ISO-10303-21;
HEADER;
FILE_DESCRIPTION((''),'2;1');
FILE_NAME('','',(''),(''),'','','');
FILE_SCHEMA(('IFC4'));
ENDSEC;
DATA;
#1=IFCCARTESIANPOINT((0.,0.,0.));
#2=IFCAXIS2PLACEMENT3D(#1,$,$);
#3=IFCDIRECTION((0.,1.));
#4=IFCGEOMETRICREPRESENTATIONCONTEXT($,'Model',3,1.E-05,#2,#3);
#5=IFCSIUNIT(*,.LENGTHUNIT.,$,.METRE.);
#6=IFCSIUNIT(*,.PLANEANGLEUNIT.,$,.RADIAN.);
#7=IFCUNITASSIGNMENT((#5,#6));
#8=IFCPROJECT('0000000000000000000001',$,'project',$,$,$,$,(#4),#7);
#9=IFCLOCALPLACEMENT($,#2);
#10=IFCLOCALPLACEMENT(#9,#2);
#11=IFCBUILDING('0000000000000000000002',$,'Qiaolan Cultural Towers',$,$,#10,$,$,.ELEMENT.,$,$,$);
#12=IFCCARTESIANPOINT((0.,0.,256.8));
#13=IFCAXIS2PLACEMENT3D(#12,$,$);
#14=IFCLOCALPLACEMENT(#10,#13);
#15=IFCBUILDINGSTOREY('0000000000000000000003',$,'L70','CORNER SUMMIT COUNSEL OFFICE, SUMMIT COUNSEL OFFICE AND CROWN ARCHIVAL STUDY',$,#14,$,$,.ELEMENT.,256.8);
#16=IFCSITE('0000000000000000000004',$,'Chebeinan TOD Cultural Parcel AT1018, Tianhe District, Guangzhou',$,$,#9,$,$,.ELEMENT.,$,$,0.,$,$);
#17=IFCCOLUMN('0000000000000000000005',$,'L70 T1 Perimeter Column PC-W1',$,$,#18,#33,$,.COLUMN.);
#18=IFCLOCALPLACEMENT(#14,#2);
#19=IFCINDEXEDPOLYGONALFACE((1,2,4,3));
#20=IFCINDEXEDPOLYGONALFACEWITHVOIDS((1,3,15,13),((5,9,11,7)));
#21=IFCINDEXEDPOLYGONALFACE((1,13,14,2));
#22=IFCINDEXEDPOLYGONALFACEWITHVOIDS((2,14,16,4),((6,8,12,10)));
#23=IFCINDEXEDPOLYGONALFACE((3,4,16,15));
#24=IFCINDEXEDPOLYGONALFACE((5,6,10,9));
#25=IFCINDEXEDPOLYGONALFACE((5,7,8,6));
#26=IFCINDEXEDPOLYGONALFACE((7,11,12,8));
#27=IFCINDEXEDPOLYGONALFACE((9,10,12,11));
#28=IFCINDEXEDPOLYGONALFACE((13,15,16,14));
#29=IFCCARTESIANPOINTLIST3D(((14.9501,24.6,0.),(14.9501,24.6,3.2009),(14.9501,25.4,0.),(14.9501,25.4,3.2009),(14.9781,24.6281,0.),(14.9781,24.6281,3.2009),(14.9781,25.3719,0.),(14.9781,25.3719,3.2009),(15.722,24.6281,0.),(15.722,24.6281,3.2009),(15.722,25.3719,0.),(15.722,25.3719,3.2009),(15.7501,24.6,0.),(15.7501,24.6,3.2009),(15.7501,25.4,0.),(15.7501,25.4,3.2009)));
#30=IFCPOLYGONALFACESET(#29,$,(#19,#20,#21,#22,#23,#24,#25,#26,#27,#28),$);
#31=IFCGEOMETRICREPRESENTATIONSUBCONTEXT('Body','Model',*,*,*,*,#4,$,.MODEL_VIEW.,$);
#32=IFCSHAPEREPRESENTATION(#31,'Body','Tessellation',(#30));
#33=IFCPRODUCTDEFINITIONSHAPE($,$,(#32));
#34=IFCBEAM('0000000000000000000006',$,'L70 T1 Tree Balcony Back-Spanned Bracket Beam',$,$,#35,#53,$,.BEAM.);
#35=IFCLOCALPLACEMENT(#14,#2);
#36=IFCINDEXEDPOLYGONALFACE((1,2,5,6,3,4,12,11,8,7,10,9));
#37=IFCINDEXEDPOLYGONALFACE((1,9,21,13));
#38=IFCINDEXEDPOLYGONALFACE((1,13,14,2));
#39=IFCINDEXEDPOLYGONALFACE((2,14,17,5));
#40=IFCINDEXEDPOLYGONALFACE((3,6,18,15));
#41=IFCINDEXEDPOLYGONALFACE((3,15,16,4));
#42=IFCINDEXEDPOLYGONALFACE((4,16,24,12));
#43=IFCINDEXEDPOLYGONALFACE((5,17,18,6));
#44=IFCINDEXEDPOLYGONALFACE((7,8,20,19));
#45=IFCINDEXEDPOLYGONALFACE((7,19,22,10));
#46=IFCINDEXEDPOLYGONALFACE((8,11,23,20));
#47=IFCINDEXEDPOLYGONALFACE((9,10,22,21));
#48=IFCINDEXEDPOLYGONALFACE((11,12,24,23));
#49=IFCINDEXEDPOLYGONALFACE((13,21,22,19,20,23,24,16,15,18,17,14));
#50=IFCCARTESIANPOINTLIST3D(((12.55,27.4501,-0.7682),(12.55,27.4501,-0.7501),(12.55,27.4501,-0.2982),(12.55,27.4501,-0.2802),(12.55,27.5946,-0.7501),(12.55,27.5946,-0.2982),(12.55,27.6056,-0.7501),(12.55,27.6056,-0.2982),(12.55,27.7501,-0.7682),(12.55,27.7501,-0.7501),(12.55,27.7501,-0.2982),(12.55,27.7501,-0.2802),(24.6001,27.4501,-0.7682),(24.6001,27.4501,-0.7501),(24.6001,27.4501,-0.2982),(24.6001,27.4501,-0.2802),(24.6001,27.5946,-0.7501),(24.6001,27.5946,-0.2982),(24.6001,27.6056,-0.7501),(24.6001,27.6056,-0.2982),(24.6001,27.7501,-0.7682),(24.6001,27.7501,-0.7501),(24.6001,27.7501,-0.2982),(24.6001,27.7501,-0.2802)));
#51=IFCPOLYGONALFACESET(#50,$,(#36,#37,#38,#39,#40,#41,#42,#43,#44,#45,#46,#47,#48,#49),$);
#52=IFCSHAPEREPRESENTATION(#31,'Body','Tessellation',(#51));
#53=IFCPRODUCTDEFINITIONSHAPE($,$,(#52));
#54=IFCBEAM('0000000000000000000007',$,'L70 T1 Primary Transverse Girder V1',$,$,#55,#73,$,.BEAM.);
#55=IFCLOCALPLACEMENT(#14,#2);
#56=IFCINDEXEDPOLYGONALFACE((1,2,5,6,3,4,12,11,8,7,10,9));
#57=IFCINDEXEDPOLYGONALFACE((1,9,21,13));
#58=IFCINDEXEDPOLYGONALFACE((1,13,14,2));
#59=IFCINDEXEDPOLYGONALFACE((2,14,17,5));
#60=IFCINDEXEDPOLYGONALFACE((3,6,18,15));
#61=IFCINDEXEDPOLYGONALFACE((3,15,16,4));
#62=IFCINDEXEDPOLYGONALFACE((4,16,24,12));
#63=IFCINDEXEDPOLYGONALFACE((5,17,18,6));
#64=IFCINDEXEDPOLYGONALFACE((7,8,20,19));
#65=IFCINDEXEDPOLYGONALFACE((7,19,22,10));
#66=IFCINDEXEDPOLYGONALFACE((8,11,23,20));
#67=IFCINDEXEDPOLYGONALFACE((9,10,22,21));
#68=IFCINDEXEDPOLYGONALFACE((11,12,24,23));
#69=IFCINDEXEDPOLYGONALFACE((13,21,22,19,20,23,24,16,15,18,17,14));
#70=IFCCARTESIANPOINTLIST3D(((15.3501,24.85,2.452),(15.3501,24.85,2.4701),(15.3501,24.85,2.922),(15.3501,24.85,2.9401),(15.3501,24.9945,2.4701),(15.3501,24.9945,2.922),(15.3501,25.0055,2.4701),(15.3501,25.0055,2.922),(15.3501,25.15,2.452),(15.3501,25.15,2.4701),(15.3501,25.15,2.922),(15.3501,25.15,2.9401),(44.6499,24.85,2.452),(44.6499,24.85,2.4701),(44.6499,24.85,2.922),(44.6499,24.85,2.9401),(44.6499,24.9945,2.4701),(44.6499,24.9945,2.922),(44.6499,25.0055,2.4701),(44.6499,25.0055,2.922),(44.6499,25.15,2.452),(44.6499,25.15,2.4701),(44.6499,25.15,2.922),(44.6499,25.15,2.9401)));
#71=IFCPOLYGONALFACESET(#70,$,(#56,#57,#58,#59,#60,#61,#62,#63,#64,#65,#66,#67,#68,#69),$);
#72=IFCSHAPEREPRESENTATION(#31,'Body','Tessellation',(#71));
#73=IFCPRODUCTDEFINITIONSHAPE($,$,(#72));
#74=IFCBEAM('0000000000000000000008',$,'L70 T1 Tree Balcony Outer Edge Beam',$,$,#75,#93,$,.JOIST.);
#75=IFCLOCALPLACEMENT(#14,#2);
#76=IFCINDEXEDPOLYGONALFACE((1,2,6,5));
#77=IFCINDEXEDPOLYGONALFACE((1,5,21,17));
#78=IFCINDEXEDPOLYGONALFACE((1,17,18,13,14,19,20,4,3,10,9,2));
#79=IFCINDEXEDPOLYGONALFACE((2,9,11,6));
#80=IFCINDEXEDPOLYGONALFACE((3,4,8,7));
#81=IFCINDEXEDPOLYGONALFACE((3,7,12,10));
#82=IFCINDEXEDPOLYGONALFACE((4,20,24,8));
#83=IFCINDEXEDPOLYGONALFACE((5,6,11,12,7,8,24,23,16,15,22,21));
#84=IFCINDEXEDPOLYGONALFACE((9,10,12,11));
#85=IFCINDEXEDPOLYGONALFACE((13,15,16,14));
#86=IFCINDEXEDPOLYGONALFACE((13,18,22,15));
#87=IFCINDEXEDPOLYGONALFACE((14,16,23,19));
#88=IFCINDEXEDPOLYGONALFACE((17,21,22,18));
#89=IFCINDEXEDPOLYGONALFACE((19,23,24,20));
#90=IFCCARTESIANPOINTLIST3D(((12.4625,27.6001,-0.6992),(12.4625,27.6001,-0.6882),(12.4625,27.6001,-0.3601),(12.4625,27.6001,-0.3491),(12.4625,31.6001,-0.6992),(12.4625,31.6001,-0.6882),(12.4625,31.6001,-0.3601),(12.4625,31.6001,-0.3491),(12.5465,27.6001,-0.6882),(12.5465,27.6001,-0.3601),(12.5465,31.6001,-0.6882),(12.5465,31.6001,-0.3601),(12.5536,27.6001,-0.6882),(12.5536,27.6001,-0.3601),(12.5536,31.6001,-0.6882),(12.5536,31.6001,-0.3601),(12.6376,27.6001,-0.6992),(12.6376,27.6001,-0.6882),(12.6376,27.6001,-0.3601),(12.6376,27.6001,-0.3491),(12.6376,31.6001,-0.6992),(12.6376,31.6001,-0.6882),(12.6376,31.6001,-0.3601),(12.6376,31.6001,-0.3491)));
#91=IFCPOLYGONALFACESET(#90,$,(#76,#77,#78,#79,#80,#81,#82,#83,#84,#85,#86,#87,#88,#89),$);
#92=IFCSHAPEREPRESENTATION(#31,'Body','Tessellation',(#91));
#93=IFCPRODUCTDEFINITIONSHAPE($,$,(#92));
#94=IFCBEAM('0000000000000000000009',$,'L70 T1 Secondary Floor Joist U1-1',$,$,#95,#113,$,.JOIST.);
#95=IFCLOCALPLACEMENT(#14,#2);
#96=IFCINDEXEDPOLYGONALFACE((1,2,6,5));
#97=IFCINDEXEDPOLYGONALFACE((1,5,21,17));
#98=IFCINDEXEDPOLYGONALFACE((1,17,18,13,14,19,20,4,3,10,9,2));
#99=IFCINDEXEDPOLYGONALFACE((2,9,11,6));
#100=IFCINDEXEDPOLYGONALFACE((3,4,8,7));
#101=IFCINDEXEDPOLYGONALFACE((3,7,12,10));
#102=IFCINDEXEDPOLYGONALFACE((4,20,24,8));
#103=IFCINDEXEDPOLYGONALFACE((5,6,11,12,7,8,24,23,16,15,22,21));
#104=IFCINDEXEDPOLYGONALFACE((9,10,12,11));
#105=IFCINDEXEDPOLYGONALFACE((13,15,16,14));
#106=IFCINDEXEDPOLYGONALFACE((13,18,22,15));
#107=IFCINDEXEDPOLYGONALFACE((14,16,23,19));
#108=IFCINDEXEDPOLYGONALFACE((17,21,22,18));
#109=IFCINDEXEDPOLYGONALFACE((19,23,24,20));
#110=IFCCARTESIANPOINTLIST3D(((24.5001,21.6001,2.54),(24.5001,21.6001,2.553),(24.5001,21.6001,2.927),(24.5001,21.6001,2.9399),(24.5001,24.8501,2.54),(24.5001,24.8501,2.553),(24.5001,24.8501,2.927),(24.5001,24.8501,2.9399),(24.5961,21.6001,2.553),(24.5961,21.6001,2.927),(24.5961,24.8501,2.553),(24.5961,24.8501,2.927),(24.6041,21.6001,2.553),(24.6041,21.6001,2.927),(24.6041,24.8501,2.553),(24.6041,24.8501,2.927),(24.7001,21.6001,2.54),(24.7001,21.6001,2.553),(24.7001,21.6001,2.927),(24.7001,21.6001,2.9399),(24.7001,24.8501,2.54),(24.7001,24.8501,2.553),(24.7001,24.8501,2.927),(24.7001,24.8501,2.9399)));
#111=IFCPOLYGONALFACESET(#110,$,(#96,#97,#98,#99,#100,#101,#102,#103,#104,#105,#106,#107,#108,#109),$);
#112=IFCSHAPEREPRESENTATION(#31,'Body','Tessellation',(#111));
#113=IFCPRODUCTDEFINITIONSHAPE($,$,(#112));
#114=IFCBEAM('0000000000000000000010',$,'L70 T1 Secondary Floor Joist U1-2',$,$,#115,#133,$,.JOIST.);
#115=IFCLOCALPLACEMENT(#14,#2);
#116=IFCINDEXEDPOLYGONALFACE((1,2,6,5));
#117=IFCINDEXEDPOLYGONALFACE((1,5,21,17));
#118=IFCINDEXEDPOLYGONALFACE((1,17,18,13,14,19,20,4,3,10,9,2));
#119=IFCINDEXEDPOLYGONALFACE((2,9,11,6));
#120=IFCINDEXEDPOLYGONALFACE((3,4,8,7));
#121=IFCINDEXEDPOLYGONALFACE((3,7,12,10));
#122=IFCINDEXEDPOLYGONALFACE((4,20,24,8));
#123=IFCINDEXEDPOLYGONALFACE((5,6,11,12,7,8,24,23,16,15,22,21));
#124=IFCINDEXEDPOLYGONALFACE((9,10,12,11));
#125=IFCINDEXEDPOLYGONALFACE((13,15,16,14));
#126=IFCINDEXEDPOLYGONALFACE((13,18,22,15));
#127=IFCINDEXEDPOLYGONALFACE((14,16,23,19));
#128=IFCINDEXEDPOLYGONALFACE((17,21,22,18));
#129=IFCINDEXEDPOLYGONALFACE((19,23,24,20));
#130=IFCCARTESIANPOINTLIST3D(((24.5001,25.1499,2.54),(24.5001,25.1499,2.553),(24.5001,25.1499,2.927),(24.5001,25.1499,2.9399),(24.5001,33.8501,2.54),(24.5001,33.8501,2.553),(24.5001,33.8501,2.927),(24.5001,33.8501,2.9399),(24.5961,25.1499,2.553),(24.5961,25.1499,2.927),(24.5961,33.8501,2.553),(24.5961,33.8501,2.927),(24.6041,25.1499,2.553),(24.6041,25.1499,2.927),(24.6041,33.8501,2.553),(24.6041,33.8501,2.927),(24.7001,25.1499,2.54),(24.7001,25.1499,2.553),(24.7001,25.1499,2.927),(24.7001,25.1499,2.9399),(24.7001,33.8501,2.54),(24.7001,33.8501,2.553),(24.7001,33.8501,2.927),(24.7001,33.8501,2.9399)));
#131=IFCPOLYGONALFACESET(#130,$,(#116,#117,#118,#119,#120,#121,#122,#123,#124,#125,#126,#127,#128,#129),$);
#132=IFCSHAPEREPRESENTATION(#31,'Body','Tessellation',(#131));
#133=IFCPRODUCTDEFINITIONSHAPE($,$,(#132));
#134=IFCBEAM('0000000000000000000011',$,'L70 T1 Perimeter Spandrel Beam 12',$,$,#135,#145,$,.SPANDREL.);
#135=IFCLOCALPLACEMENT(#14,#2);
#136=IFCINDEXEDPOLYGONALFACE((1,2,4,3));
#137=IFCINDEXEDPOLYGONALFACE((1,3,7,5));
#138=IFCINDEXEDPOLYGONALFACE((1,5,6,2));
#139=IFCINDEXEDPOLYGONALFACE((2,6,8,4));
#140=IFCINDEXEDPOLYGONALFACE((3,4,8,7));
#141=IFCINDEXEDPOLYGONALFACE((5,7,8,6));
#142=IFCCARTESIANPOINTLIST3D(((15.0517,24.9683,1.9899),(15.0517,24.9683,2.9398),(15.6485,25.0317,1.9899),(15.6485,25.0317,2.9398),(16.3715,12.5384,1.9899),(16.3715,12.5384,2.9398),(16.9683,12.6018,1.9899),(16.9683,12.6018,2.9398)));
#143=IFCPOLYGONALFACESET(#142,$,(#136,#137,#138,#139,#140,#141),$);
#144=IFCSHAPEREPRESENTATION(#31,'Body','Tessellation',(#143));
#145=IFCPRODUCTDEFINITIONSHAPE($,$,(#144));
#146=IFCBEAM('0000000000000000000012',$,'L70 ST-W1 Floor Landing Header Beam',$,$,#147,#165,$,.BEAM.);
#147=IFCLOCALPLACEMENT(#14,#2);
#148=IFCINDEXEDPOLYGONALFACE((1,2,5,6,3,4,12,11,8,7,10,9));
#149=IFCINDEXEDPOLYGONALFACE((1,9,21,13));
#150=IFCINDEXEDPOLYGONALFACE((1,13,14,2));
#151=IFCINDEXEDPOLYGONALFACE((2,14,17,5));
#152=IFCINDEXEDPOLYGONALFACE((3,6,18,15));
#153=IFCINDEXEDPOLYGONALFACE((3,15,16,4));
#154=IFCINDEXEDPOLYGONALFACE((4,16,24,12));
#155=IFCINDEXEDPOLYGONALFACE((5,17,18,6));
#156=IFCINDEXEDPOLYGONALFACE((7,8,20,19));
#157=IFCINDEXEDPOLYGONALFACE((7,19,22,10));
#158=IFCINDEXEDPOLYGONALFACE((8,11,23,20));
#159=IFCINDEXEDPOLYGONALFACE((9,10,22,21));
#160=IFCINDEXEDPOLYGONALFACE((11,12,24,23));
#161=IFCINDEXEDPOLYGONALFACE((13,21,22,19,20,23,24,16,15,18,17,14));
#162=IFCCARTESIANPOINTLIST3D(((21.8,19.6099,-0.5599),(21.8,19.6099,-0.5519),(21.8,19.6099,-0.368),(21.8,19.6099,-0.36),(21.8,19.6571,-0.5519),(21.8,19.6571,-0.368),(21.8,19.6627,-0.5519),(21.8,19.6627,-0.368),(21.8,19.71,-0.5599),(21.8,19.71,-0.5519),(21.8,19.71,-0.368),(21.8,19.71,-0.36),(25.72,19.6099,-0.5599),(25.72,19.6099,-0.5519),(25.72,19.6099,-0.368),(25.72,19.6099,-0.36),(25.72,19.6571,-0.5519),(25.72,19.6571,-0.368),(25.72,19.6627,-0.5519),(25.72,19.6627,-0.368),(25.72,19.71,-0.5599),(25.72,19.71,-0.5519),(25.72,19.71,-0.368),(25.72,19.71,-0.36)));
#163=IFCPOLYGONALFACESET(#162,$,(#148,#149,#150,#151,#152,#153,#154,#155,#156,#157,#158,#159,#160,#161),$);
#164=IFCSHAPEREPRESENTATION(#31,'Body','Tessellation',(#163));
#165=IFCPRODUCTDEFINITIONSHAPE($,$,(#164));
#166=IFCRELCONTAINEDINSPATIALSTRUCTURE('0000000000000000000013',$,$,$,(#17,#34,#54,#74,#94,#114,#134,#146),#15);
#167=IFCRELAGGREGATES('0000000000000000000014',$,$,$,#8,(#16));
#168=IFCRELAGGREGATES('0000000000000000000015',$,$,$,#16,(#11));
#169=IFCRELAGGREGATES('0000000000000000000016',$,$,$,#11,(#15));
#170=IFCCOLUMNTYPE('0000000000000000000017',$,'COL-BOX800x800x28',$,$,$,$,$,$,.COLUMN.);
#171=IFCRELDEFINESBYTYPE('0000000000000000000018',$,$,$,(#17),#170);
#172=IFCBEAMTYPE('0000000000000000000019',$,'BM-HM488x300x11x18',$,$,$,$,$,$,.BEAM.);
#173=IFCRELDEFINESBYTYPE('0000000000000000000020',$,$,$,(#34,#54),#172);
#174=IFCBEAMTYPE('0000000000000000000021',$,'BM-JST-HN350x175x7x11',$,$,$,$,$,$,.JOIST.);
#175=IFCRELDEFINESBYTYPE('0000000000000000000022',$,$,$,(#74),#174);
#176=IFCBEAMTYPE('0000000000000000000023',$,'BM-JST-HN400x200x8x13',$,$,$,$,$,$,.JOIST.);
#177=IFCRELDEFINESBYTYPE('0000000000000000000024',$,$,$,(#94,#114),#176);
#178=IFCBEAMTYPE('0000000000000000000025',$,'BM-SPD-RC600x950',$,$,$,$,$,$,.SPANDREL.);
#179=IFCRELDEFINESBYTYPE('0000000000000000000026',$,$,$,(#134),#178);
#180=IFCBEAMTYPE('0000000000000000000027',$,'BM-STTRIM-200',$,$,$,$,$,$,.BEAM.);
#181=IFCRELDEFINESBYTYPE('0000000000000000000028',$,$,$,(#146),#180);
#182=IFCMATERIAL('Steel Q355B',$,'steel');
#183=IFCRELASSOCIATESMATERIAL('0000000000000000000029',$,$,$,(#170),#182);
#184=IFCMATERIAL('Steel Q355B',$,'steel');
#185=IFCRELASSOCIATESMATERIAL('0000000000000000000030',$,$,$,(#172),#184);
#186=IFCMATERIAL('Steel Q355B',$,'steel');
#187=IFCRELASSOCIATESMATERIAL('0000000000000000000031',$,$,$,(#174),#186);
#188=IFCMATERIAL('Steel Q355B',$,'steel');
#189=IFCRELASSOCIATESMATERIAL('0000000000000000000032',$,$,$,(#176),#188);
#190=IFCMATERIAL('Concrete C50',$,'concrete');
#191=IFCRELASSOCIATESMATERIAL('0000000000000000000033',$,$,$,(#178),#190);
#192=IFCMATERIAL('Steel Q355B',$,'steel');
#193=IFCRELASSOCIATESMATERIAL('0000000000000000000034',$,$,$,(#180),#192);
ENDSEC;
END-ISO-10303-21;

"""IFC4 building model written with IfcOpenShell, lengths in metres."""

from ifc_helpers import new_model, si_unit, direction, frame, origin, origin_2d, place, context, subcontext, project, spatial, rectangle, hollow_rectangle, i_section, extrude, material, material_profile, profile_set, type_object, element, save


model = new_model("IFC4")

# Units and contexts
model_context = context("Model", 3, precision=1e-05, world=origin(), true_north=direction((0.0, 1.0)))
body_context = subcontext(model_context, "Body", "Model", "MODEL_VIEW")
ifc_project = project(units=[si_unit("LENGTHUNIT", "METRE"), si_unit("PLANEANGLEUNIT", "RADIAN")], contexts=[model_context])

# Site, building, storey
site_placement = place(None, origin())
site = spatial("IfcSite", under=ifc_project, at=site_placement, Name="Chebeinan TOD Cultural Parcel AT1018, Tianhe District, Guangzhou", CompositionType="ELEMENT", RefElevation=0.0)
building_placement = place(site_placement, origin())
building = spatial("IfcBuilding", under=site, at=building_placement, Name="Qiaolan Cultural Towers", CompositionType="ELEMENT")
storey_placement = place(building_placement, frame((0.0, 0.0, 256.8)))
storey = spatial("IfcBuildingStorey", under=building, at=storey_placement, Name="L70", Description="CORNER SUMMIT COUNSEL OFFICE, SUMMIT COUNSEL OFFICE AND CROWN ARCHIVAL STUDY", CompositionType="ELEMENT", Elevation=256.8)

# Column
ifc_material_1 = material(Name="Steel Q355B", Category="steel")
ifc_material_profile_1 = material_profile(ifc_material_1, hollow_rectangle(XDim=0.8, YDim=0.8, WallThickness=0.0281, at=origin_2d()), Name="BOX800x800x28")
ifc_profile_set_1 = profile_set([ifc_material_profile_1], Name="Steel Q355B")
column_type = type_object("IfcColumnType", Name="COL-BOX800x800x28", PredefinedType="COLUMN", material=ifc_profile_set_1)
column_placement = place(storey_placement, frame((15.3501, 25.0, 0.0), z_axis=(0.0, 0.0, 1.0), x_axis=(1.0, 0.0, 0.0)))
element("IfcColumn", 1, at=column_placement, inside=storey, type_object=column_type, Name="L70 T1 Perimeter Column PC-W1", PredefinedType="COLUMN", context=body_context, shape_type="SweptSolid", body=[
    extrude(hollow_rectangle(XDim=0.8, YDim=0.8, WallThickness=0.0281, at=origin_2d()), origin(), (0.0, 0.0, 1.0), 3.2009),
])

# Beams
ifc_material_2 = material(Name="Steel Q355B", Category="steel")
ifc_material_profile_2 = material_profile(ifc_material_2, i_section(OverallWidth=0.3, OverallDepth=0.488, WebThickness=0.011, FlangeThickness=0.0181, at=origin_2d()), Name="HM488x300x11x18")
ifc_profile_set_2 = profile_set([ifc_material_profile_2], Name="Steel Q355B")
beam_type_1 = type_object("IfcBeamType", Name="BM-HM488x300x11x18", PredefinedType="BEAM", material=ifc_profile_set_2)
beam_1_placement = place(storey_placement, frame((24.6001, 27.6001, -0.5242), z_axis=(-1.0, 0.0, 0.0), x_axis=(0.0, -1.0, 0.0)))
element("IfcBeam", 2, at=beam_1_placement, inside=storey, type_object=beam_type_1, Name="L70 T1 Tree Balcony Back-Spanned Bracket Beam", PredefinedType="BEAM", context=body_context, shape_type="SweptSolid", body=[
    extrude(i_section(OverallWidth=0.3, OverallDepth=0.488, WebThickness=0.011, FlangeThickness=0.0181, at=origin_2d()), origin(), (0.0, 0.0, 1.0), 12.05),
])
beam_2_placement = place(storey_placement, frame((15.3501, 25.0, 2.696), z_axis=(1.0, 0.0, 0.0), x_axis=(0.0, 1.0, 0.0)))
element("IfcBeam", 3, at=beam_2_placement, inside=storey, type_object=beam_type_1, Name="L70 T1 Primary Transverse Girder V1", PredefinedType="BEAM", context=body_context, shape_type="SweptSolid", body=[
    extrude(i_section(OverallWidth=0.3, OverallDepth=0.488, WebThickness=0.011, FlangeThickness=0.0181, at=origin_2d()), origin(), (0.0, 0.0, 1.0), 29.2998),
])
ifc_material_3 = material(Name="Steel Q355B", Category="steel")
ifc_material_profile_3 = material_profile(ifc_material_3, i_section(OverallWidth=0.175, OverallDepth=0.3501, WebThickness=0.0071, FlangeThickness=0.011, at=origin_2d()), Name="HN350x175x7x11")
ifc_profile_set_3 = profile_set([ifc_material_profile_3], Name="Steel Q355B")
beam_type_2 = type_object("IfcBeamType", Name="BM-JST-HN350x175x7x11", PredefinedType="JOIST", material=ifc_profile_set_3)
beam_3_placement = place(storey_placement, frame((12.55, 27.6001, -0.5242), z_axis=(0.0, 1.0, 0.0), x_axis=(-1.0, 0.0, 0.0)))
element("IfcBeam", 4, at=beam_3_placement, inside=storey, type_object=beam_type_2, Name="L70 T1 Tree Balcony Outer Edge Beam", PredefinedType="JOIST", context=body_context, shape_type="SweptSolid", body=[
    extrude(i_section(OverallWidth=0.175, OverallDepth=0.3501, WebThickness=0.0071, FlangeThickness=0.011, at=origin_2d()), origin(), (0.0, 0.0, 1.0), 4.0),
])
ifc_material_4 = material(Name="Steel Q355B", Category="steel")
ifc_material_profile_4 = material_profile(ifc_material_4, i_section(OverallWidth=0.2, OverallDepth=0.3999, WebThickness=0.0081, FlangeThickness=0.0129, at=origin_2d()), Name="HN400x200x8x13")
ifc_profile_set_4 = profile_set([ifc_material_profile_4], Name="Steel Q355B")
beam_type_3 = type_object("IfcBeamType", Name="BM-JST-HN400x200x8x13", PredefinedType="JOIST", material=ifc_profile_set_4)
beam_4_placement = place(storey_placement, frame((24.6001, 21.6001, 2.74), z_axis=(0.0, 1.0, 0.0), x_axis=(-1.0, 0.0, 0.0)))
element("IfcBeam", 5, at=beam_4_placement, inside=storey, type_object=beam_type_3, Name="L70 T1 Secondary Floor Joist U1-1", PredefinedType="JOIST", context=body_context, shape_type="SweptSolid", body=[
    extrude(i_section(OverallWidth=0.2, OverallDepth=0.3999, WebThickness=0.0081, FlangeThickness=0.0129, at=origin_2d()), origin(), (0.0, 0.0, 1.0), 3.25),
])
beam_5_placement = place(storey_placement, frame((24.6001, 25.1499, 2.74), z_axis=(0.0, 1.0, 0.0), x_axis=(-1.0, 0.0, 0.0)))
element("IfcBeam", 6, at=beam_5_placement, inside=storey, type_object=beam_type_3, Name="L70 T1 Secondary Floor Joist U1-2", PredefinedType="JOIST", context=body_context, shape_type="SweptSolid", body=[
    extrude(i_section(OverallWidth=0.2, OverallDepth=0.3999, WebThickness=0.0081, FlangeThickness=0.0129, at=origin_2d()), origin(), (0.0, 0.0, 1.0), 8.7002),
])
ifc_material_5 = material(Name="Concrete C50", Category="concrete")
ifc_material_profile_5 = material_profile(ifc_material_5, rectangle(XDim=0.6001, YDim=0.95, at=origin_2d()), Name="RC600x950")
ifc_profile_set_5 = profile_set([ifc_material_profile_5], Name="Concrete C50")
beam_type_4 = type_object("IfcBeamType", Name="BM-SPD-RC600x950", PredefinedType="SPANDREL", material=ifc_profile_set_5)
beam_6_placement = place(storey_placement, frame((15.3501, 25.0, 2.4648), z_axis=(0.105588, -0.99441, 0.0), x_axis=(0.99441, 0.105588, 0.0)))
element("IfcBeam", 7, at=beam_6_placement, inside=storey, type_object=beam_type_4, Name="L70 T1 Perimeter Spandrel Beam 12", PredefinedType="SPANDREL", context=body_context, shape_type="SweptSolid", body=[
    extrude(rectangle(XDim=0.6001, YDim=0.95, at=origin_2d()), origin(), (0.0, 0.0, 1.0), 12.4998),
])
ifc_material_6 = material(Name="Steel Q355B", Category="steel")
ifc_material_profile_6 = material_profile(ifc_material_6, i_section(OverallWidth=0.1001, OverallDepth=0.2, WebThickness=0.0056, FlangeThickness=0.0081, at=origin_2d()), Name="HN200x100x5.5x8")
ifc_profile_set_6 = profile_set([ifc_material_profile_6], Name="Steel Q355B")
beam_type_5 = type_object("IfcBeamType", Name="BM-STTRIM-200", PredefinedType="BEAM", material=ifc_profile_set_6)
beam_7_placement = place(storey_placement, frame((21.8, 19.6599, -0.46), z_axis=(1.0, 0.0, 0.0), x_axis=(0.0, 1.0, 0.0)))
element("IfcBeam", 8, at=beam_7_placement, inside=storey, type_object=beam_type_5, Name="L70 ST-W1 Floor Landing Header Beam", PredefinedType="BEAM", context=body_context, shape_type="SweptSolid", body=[
    extrude(i_section(OverallWidth=0.1001, OverallDepth=0.2, WebThickness=0.0056, FlangeThickness=0.0081, at=origin_2d()), origin(), (0.0, 0.0, 1.0), 3.9199),
])

save(model, "model.ifc")
